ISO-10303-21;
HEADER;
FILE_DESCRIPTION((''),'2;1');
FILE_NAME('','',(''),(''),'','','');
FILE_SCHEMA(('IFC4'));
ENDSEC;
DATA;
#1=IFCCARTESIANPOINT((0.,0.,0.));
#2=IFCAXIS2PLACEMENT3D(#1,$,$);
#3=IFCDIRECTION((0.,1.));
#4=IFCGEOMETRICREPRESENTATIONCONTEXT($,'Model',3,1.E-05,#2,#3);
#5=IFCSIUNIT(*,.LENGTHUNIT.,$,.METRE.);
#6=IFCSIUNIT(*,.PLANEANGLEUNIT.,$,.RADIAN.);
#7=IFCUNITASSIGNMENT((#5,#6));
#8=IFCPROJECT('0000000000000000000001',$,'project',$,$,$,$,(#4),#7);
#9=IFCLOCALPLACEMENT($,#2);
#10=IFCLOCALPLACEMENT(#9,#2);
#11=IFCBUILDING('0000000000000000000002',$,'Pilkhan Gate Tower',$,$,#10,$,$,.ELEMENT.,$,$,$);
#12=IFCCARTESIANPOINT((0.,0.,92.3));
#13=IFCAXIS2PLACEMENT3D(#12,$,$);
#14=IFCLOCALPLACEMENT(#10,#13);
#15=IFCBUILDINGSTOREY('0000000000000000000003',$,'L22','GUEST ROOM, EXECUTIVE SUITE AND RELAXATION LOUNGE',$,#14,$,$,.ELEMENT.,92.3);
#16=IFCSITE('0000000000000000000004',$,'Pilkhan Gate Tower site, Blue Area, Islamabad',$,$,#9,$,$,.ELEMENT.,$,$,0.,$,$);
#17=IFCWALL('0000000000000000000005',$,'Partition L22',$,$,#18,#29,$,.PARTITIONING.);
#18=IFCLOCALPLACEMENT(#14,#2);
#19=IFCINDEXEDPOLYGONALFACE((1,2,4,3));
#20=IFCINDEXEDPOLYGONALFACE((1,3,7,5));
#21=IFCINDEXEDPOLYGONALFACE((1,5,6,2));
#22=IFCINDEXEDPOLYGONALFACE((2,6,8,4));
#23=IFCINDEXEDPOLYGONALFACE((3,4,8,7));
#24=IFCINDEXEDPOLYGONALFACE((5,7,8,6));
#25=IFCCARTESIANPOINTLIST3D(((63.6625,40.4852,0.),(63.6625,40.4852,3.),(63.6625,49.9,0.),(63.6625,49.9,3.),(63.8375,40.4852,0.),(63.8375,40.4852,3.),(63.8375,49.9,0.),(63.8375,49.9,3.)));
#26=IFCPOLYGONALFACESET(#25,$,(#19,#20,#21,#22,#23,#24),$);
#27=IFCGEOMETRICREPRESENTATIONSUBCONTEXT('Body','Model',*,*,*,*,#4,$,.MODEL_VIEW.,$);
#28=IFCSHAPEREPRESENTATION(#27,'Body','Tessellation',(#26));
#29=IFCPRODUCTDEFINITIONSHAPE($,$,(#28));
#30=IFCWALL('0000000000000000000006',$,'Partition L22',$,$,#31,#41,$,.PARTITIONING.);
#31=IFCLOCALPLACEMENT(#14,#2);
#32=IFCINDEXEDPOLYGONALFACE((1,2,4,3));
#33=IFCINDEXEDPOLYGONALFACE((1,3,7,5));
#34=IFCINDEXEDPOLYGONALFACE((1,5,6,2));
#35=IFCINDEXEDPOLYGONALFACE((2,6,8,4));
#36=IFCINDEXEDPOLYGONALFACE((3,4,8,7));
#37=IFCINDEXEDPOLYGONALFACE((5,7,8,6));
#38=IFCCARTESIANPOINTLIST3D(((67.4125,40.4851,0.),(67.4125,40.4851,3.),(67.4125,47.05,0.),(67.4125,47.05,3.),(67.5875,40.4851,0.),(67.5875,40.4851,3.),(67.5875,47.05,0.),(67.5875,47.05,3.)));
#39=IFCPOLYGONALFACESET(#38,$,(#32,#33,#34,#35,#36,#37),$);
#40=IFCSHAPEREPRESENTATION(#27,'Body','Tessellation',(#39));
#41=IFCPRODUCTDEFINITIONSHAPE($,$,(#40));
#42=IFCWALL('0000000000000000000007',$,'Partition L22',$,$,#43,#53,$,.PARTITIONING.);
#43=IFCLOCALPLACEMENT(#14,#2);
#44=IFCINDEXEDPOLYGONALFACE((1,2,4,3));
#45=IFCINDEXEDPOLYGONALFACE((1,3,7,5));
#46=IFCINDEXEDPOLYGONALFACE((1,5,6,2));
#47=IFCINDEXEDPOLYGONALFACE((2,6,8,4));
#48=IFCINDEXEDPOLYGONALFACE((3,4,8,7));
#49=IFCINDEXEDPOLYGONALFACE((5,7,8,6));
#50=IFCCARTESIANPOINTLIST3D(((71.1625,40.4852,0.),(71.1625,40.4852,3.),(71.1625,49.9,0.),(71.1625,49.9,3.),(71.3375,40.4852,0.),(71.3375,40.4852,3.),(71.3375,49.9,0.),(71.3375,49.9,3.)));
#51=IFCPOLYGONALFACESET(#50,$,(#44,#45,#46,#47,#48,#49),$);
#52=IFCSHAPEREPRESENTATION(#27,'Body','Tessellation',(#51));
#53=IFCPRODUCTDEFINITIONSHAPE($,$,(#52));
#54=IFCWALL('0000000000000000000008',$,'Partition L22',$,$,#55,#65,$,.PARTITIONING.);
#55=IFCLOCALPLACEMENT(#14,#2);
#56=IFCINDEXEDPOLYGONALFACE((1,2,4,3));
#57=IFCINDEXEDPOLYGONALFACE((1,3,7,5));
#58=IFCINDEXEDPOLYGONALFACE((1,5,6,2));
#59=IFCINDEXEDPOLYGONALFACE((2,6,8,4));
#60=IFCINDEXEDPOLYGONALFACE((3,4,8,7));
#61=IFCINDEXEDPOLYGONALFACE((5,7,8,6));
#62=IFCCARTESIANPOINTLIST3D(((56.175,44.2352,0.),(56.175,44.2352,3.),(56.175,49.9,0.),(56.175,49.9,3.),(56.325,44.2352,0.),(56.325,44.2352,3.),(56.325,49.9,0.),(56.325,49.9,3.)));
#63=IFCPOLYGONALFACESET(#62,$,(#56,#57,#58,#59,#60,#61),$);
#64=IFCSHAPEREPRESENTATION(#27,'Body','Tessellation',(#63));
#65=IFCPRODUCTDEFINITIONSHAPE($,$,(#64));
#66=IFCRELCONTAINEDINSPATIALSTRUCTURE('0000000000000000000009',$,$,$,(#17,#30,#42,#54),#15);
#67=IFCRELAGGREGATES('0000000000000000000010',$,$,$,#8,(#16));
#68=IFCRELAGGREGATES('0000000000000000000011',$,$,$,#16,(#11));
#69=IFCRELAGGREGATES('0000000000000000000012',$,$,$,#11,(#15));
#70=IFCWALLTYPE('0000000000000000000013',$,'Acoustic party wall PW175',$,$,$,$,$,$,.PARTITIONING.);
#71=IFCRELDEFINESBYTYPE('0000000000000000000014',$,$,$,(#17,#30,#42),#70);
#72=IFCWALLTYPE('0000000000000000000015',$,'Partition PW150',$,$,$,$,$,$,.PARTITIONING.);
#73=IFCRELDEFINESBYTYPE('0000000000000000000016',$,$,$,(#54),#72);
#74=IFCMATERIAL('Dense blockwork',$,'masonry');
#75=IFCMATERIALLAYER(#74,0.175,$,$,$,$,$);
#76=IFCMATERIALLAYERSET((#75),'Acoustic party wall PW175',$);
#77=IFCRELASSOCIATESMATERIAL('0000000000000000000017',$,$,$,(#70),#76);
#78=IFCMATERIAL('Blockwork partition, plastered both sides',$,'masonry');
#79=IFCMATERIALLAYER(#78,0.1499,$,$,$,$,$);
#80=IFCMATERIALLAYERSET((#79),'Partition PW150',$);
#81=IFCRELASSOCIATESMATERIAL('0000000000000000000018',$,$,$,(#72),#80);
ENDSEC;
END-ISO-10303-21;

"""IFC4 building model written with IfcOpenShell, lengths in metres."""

from ifc_helpers import new_model, si_unit, direction, frame, frame_2d, origin, place, context, subcontext, project, spatial, rectangle, extrude, material, layer, layer_set, type_object, element, save


model = new_model("IFC4")

# Units and contexts
model_context = context("Model", 3, precision=1e-05, world=origin(), true_north=direction((0.0, 1.0)))
body_context = subcontext(model_context, "Body", "Model", "MODEL_VIEW")
ifc_project = project(units=[si_unit("LENGTHUNIT", "METRE"), si_unit("PLANEANGLEUNIT", "RADIAN")], contexts=[model_context])

# Site, building, storey
site_placement = place(None, origin())
site = spatial("IfcSite", under=ifc_project, at=site_placement, Name="Pilkhan Gate Tower site, Blue Area, Islamabad", CompositionType="ELEMENT", RefElevation=0.0)
building_placement = place(site_placement, origin())
building = spatial("IfcBuilding", under=site, at=building_placement, Name="Pilkhan Gate Tower", CompositionType="ELEMENT")
storey_placement = place(building_placement, frame((0.0, 0.0, 92.3)))
storey = spatial("IfcBuildingStorey", under=building, at=storey_placement, Name="L22", Description="GUEST ROOM, EXECUTIVE SUITE AND RELAXATION LOUNGE", CompositionType="ELEMENT", Elevation=92.3)

# Walls
ifc_material_1 = material(Name="Dense blockwork", Category="masonry")
ifc_layer_1 = layer(ifc_material_1, 0.175)
ifc_layer_set_1 = layer_set([ifc_layer_1], Name="Acoustic party wall PW175")
wall_type_1 = type_object("IfcWallType", Name="Acoustic party wall PW175", PredefinedType="PARTITIONING", material=ifc_layer_set_1)
wall_1_placement = place(storey_placement, frame((63.75, 40.4851, 0.0), z_axis=(0.0, 0.0, 1.0), x_axis=(0.0, 1.0, 0.0)))
element("IfcWall", 1, at=wall_1_placement, inside=storey, type_object=wall_type_1, Name="Partition L22", PredefinedType="PARTITIONING", context=body_context, shape_type="SweptSolid", body=[
    extrude(rectangle(XDim=9.4148, YDim=0.175, at=frame_2d((4.7075, 0.0))), origin(), (0.0, 0.0, 1.0), 3.0),
])
wall_2_placement = place(storey_placement, frame((67.5, 40.4851, 0.0), z_axis=(0.0, 0.0, 1.0), x_axis=(0.0, 1.0, 0.0)))
element("IfcWall", 2, at=wall_2_placement, inside=storey, type_object=wall_type_1, Name="Partition L22", PredefinedType="PARTITIONING", context=body_context, shape_type="SweptSolid", body=[
    extrude(rectangle(XDim=6.5649, YDim=0.175, at=frame_2d((3.2825, 0.0))), origin(), (0.0, 0.0, 1.0), 3.0),
])
wall_3_placement = place(storey_placement, frame((71.25, 40.4851, 0.0), z_axis=(0.0, 0.0, 1.0), x_axis=(0.0, 1.0, 0.0)))
element("IfcWall", 3, at=wall_3_placement, inside=storey, type_object=wall_type_1, Name="Partition L22", PredefinedType="PARTITIONING", context=body_context, shape_type="SweptSolid", body=[
    extrude(rectangle(XDim=9.4148, YDim=0.175, at=frame_2d((4.7075, 0.0))), origin(), (0.0, 0.0, 1.0), 3.0),
])
ifc_material_2 = material(Name="Blockwork partition, plastered both sides", Category="masonry")
ifc_layer_2 = layer(ifc_material_2, 0.1499)
ifc_layer_set_2 = layer_set([ifc_layer_2], Name="Partition PW150")
wall_type_2 = type_object("IfcWallType", Name="Partition PW150", PredefinedType="PARTITIONING", material=ifc_layer_set_2)
wall_4_placement = place(storey_placement, frame((56.25, 44.2351, 0.0), z_axis=(0.0, 0.0, 1.0), x_axis=(0.0, 1.0, 0.0)))
element("IfcWall", 4, at=wall_4_placement, inside=storey, type_object=wall_type_2, Name="Partition L22", PredefinedType="PARTITIONING", context=body_context, shape_type="SweptSolid", body=[
    extrude(rectangle(XDim=5.6648, YDim=0.1499, at=frame_2d((2.8325, 0.0))), origin(), (0.0, 0.0, 1.0), 3.0),
])

save(model, "model.ifc")
